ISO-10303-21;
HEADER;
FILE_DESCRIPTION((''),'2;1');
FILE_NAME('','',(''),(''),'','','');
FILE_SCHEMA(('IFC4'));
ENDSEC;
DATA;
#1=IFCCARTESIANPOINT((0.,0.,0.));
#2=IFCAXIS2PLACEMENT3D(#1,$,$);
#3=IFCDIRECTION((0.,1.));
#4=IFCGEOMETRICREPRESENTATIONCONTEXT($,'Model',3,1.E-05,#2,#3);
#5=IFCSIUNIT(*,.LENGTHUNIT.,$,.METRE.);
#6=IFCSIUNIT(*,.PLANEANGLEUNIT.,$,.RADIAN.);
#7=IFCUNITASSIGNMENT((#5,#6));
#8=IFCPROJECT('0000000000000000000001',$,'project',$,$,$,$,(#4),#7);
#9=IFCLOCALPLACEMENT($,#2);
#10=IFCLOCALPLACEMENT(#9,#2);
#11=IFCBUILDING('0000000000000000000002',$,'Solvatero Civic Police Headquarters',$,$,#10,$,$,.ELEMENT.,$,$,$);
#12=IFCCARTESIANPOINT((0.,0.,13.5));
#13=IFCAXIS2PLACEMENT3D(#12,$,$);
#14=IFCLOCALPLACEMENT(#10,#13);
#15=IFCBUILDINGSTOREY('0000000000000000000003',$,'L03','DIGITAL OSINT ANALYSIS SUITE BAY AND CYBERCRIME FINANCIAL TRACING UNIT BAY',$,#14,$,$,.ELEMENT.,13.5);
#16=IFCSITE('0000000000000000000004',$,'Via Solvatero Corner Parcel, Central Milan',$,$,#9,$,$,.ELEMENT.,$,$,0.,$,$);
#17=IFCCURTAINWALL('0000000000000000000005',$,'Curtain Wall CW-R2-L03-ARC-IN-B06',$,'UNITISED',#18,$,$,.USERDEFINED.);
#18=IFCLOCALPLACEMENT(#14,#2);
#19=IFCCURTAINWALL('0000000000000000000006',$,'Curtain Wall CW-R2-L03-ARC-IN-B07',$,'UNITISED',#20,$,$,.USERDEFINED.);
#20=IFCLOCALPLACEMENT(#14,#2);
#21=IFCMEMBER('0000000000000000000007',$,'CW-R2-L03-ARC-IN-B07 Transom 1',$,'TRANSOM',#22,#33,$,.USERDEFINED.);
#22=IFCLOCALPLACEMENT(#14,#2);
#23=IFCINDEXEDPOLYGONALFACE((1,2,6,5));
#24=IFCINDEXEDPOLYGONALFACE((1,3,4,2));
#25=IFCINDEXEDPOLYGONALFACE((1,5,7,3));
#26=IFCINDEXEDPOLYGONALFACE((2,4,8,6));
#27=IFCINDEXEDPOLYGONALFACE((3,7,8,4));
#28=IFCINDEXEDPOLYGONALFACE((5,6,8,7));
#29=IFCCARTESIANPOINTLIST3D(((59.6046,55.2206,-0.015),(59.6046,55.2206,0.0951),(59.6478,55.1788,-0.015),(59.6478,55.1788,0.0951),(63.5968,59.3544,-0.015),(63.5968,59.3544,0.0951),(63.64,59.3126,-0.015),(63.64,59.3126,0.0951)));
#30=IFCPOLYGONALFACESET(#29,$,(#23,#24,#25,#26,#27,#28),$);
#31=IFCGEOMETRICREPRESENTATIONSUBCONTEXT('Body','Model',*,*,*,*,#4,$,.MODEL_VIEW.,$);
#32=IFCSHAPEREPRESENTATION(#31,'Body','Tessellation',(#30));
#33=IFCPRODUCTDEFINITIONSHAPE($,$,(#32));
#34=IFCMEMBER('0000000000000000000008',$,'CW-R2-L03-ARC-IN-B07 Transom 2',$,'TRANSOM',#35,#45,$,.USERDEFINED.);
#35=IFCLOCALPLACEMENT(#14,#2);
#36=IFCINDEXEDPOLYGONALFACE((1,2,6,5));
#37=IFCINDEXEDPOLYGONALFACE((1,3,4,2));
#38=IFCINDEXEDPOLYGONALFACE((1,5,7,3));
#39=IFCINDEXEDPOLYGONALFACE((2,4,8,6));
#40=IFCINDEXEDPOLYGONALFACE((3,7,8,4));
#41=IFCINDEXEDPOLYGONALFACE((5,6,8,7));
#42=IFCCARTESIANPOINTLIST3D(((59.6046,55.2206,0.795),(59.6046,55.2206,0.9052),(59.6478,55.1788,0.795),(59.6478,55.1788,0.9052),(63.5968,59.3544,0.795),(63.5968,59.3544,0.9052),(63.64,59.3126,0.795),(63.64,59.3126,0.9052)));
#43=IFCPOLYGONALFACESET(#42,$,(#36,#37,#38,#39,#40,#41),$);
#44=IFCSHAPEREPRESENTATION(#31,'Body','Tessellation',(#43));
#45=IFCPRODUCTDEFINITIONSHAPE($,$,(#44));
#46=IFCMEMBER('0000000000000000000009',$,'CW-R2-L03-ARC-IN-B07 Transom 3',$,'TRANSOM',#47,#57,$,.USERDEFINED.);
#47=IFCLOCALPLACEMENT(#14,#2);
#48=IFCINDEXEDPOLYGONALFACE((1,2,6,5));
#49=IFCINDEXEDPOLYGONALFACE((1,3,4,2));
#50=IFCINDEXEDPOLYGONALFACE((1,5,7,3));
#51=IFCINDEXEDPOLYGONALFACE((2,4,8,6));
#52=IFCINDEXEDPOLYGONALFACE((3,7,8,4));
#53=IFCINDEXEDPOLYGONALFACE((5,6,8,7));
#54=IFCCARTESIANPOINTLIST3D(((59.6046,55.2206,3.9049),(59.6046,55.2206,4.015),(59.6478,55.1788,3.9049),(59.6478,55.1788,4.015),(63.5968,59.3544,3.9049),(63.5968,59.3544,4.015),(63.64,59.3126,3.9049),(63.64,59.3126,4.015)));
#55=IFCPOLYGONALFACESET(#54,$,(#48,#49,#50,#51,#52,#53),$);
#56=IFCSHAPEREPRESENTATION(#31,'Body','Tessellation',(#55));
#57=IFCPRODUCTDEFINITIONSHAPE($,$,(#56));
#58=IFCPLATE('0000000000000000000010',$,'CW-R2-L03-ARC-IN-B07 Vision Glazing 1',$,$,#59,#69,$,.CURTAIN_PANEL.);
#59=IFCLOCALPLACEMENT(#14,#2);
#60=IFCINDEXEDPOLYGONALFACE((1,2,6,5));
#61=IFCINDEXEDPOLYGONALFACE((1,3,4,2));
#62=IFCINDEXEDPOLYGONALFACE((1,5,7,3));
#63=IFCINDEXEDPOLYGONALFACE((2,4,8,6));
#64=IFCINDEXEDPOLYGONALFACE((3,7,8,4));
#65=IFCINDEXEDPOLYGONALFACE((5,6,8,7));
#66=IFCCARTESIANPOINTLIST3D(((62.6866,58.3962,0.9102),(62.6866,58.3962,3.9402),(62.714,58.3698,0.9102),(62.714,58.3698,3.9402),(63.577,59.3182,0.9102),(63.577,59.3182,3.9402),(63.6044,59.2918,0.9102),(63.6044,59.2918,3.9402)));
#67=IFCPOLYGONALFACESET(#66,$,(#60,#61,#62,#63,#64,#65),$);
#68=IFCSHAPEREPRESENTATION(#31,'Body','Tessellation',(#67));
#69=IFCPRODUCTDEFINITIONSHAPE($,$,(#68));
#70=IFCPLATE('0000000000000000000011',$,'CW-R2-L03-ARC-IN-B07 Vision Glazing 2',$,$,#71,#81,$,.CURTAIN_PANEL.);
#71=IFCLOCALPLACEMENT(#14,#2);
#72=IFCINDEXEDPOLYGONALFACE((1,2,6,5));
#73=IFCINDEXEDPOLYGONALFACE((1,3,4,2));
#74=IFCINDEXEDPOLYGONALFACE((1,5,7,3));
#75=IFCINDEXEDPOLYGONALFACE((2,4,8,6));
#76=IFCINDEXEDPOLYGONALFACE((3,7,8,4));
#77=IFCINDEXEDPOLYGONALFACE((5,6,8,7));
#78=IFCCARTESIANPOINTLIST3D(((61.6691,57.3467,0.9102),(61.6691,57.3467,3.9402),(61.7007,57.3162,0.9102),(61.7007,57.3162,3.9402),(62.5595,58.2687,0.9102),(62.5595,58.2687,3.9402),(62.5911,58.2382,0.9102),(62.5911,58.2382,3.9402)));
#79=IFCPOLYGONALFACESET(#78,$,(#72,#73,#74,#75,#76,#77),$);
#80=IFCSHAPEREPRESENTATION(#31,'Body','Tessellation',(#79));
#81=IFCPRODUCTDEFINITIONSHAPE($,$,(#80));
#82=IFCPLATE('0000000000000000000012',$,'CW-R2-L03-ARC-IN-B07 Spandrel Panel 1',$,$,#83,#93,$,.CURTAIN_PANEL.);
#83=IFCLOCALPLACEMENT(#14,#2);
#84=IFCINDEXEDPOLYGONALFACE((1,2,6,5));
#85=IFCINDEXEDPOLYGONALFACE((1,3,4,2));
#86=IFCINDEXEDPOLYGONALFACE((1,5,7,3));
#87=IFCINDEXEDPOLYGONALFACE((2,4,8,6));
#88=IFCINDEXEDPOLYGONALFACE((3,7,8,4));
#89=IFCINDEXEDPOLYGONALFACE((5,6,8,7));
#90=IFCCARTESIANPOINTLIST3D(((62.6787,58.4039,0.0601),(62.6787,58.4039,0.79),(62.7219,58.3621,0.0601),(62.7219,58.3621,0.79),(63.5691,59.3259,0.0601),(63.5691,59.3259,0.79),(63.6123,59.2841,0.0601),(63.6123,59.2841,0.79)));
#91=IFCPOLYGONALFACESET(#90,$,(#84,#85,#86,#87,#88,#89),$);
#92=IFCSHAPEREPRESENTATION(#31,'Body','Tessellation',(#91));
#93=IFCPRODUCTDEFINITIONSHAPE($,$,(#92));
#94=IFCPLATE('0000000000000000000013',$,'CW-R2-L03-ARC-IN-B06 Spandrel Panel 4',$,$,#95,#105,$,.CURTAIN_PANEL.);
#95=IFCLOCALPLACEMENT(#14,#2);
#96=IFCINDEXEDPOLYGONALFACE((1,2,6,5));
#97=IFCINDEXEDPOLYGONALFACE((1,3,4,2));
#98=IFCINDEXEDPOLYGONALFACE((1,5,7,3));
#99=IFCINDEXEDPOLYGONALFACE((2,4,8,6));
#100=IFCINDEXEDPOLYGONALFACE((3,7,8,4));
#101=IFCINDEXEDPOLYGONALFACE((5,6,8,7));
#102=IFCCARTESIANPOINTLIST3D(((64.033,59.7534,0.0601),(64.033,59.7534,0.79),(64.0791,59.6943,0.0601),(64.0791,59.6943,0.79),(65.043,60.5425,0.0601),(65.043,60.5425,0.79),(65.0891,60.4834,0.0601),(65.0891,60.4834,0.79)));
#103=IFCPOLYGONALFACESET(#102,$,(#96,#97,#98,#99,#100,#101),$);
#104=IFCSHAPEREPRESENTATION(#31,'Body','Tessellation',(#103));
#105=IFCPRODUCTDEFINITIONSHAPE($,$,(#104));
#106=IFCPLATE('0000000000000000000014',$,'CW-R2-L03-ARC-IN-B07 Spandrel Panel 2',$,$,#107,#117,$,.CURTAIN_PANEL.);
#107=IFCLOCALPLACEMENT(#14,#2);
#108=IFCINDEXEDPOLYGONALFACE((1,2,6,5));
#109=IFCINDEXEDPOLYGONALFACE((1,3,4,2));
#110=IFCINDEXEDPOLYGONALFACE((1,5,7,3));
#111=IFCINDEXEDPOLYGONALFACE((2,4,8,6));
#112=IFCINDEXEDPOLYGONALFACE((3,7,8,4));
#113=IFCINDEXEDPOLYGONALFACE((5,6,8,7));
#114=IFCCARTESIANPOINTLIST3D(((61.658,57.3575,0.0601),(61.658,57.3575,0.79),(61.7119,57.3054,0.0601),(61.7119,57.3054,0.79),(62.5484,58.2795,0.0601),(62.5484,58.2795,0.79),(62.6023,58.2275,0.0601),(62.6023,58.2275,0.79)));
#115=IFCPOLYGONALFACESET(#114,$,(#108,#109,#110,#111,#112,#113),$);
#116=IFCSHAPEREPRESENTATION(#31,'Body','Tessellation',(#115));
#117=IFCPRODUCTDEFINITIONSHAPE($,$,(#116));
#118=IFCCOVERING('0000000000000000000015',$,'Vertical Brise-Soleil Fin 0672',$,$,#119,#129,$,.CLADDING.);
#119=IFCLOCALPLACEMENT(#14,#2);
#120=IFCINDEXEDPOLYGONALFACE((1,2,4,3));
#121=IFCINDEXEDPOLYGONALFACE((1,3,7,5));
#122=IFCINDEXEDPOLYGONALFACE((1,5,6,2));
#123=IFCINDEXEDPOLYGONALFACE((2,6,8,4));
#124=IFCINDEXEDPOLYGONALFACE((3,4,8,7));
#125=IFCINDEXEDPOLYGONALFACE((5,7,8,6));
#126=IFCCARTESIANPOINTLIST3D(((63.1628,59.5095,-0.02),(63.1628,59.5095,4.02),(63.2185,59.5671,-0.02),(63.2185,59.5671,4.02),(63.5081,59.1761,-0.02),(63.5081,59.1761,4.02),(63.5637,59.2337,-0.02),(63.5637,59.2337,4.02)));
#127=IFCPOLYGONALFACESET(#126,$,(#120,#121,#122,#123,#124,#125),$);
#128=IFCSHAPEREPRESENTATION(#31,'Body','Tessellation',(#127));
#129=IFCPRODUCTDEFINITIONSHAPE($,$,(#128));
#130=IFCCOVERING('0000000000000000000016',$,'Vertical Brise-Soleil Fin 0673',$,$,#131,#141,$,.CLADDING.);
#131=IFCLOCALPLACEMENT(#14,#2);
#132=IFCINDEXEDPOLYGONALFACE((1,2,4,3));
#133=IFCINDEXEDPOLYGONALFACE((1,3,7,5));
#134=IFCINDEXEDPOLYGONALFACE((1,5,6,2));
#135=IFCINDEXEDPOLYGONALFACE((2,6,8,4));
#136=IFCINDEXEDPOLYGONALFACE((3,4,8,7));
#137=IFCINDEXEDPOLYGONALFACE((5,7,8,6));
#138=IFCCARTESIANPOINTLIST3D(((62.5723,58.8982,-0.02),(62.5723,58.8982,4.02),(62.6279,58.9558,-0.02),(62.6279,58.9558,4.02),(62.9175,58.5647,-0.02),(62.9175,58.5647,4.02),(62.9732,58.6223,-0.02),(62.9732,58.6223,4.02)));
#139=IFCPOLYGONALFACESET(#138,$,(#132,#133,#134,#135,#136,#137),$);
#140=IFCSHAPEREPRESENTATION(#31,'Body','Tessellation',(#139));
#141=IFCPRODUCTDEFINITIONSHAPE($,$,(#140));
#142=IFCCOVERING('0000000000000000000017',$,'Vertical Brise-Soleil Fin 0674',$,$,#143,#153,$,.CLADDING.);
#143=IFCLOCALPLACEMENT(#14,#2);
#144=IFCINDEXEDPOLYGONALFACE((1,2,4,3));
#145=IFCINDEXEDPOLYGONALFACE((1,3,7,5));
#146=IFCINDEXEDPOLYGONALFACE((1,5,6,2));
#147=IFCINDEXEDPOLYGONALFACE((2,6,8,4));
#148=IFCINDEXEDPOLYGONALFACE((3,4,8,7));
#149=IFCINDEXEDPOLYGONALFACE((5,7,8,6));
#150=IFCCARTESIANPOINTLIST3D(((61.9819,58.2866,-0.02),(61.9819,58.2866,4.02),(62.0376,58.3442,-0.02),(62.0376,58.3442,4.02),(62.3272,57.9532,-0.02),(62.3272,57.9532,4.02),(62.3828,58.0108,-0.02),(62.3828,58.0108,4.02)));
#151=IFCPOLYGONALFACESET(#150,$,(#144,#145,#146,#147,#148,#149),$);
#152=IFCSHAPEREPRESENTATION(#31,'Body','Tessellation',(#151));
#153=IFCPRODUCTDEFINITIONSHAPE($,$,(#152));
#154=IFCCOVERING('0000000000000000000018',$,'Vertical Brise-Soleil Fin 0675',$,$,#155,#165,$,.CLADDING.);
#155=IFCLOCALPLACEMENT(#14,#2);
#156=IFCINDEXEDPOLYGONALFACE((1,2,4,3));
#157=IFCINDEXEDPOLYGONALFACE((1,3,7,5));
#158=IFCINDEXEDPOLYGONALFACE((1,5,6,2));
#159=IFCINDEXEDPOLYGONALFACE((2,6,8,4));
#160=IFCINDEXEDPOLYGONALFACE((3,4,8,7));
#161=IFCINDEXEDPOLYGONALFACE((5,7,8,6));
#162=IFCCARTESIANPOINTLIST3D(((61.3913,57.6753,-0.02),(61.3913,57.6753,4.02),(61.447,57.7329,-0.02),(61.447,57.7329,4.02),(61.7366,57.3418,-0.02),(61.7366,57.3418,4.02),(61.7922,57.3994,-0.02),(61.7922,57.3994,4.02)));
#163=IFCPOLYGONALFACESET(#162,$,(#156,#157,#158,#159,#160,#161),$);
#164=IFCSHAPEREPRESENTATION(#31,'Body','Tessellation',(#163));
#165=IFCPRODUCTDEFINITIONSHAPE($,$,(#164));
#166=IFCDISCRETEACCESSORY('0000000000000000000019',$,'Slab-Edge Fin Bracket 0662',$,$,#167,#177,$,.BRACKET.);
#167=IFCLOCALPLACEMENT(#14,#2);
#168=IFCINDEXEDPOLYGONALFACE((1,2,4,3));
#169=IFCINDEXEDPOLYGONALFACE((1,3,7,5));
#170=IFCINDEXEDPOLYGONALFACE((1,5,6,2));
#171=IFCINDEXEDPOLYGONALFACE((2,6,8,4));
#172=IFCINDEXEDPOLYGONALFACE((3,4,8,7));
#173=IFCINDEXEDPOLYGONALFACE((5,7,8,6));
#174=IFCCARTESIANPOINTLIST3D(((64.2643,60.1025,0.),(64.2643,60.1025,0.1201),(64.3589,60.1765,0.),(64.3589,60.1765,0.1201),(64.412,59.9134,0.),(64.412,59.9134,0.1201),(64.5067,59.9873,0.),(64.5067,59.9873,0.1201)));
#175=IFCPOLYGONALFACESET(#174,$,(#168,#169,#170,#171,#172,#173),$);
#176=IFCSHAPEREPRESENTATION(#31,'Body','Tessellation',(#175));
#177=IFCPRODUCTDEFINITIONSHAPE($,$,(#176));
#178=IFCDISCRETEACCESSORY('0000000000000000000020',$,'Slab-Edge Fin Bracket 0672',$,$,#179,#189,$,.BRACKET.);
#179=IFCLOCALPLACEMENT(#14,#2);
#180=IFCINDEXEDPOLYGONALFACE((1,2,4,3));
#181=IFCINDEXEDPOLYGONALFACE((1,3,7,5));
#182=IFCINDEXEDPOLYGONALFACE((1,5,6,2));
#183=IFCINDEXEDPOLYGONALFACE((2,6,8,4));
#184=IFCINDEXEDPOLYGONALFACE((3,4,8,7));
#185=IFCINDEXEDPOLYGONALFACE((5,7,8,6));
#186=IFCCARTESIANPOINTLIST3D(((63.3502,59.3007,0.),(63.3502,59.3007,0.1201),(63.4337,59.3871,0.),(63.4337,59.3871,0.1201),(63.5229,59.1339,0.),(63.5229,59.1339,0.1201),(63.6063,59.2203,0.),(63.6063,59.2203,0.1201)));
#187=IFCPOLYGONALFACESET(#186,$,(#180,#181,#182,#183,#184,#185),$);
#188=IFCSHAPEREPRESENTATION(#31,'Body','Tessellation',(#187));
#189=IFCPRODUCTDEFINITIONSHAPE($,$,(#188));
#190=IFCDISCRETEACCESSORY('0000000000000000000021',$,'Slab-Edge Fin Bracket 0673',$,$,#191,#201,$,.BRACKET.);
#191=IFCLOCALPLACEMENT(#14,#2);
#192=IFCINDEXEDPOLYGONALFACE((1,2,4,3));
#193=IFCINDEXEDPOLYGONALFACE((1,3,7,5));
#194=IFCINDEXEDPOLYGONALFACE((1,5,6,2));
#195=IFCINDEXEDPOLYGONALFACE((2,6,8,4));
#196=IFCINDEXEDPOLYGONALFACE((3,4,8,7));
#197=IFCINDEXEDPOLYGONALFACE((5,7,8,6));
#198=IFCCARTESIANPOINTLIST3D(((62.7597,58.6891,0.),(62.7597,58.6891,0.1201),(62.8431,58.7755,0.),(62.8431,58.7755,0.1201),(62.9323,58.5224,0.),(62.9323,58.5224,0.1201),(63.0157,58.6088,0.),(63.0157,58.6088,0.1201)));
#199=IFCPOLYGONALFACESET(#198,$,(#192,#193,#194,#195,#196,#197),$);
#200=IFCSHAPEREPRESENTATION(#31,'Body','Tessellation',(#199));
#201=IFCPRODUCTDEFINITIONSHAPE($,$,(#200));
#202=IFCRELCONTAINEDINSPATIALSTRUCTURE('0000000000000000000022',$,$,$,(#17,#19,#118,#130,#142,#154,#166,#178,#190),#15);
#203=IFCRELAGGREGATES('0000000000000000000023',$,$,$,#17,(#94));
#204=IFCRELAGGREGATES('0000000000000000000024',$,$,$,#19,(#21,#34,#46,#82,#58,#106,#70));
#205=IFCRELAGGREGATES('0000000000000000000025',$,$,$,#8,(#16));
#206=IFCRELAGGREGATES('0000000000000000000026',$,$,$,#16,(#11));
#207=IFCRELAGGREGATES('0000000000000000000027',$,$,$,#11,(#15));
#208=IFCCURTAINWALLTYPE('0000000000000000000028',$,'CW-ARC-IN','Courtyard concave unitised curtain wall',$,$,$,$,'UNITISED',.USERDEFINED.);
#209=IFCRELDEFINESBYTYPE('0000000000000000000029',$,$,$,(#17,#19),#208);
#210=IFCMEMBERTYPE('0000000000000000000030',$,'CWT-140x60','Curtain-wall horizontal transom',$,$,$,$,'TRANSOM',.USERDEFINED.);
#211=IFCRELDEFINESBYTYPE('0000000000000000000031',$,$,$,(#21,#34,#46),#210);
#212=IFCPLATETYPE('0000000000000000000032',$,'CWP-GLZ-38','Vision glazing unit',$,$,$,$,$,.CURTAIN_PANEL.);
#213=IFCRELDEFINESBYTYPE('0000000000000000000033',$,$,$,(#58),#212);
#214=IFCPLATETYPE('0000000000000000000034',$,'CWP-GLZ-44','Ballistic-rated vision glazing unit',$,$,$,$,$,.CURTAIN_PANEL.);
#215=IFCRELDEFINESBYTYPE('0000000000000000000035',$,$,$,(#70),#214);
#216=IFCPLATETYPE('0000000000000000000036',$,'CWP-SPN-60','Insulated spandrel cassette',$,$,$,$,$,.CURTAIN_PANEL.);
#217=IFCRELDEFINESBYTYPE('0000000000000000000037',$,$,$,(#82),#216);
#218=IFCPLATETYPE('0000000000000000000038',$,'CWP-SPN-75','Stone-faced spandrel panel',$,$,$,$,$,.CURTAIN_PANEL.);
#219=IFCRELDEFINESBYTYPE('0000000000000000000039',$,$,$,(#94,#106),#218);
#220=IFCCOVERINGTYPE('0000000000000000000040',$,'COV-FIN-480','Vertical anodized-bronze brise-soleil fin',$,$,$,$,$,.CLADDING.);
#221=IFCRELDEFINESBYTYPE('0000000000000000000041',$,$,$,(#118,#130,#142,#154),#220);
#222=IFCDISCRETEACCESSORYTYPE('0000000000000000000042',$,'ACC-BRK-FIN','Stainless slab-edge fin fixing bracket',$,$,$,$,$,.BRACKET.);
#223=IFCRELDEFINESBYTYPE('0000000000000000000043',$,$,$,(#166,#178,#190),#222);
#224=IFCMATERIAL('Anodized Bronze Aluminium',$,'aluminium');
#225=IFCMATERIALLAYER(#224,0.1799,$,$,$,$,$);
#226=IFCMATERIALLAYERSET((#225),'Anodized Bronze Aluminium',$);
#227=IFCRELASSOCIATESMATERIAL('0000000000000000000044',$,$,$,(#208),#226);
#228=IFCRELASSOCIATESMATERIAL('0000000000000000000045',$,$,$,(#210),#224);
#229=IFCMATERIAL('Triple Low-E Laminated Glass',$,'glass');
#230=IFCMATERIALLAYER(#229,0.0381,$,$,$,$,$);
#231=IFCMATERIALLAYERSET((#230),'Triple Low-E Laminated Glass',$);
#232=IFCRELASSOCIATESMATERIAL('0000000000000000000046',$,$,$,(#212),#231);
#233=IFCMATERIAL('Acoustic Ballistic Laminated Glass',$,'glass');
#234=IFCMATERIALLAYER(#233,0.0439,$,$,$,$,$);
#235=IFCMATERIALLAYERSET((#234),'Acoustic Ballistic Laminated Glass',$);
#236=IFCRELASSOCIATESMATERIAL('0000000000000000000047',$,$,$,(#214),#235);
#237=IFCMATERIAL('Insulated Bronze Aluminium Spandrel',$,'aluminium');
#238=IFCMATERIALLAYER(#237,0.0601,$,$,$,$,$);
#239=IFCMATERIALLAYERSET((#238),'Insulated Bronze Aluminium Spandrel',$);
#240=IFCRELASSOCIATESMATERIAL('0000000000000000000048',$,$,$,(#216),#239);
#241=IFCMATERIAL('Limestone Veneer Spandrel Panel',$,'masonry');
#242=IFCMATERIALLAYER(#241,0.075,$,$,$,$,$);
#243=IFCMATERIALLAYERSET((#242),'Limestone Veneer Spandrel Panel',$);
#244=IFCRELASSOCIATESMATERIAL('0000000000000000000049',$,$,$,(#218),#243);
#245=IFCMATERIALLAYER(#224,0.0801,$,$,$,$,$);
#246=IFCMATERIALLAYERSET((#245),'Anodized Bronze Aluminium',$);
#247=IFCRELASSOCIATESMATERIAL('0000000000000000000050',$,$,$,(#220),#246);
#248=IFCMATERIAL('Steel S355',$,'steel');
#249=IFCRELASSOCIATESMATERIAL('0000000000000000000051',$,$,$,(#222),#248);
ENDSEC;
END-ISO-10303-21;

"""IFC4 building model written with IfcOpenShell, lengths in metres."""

from ifc_helpers import new_model, si_unit, direction, frame, origin, origin_2d, place, context, subcontext, project, spatial, rectangle, extrude, material, layer, layer_set, material_profile, profile_set, type_object, element, aggregate, save


model = new_model("IFC4")

# Units and contexts
model_context = context("Model", 3, precision=1e-05, world=origin(), true_north=direction((0.0, 1.0)))
body_context = subcontext(model_context, "Body", "Model", "MODEL_VIEW")
ifc_project = project(units=[si_unit("LENGTHUNIT", "METRE"), si_unit("PLANEANGLEUNIT", "RADIAN")], contexts=[model_context])

# Site, building, storey
site_placement = place(None, origin())
site = spatial("IfcSite", under=ifc_project, at=site_placement, Name="Via Solvatero Corner Parcel, Central Milan", CompositionType="ELEMENT", RefElevation=0.0)
building_placement = place(site_placement, origin())
building = spatial("IfcBuilding", under=site, at=building_placement, Name="Solvatero Civic Police Headquarters", CompositionType="ELEMENT")
storey_placement = place(building_placement, frame((0.0, 0.0, 13.5)))
storey = spatial("IfcBuildingStorey", under=building, at=storey_placement, Name="L03", Description="DIGITAL OSINT ANALYSIS SUITE BAY AND CYBERCRIME FINANCIAL TRACING UNIT BAY", CompositionType="ELEMENT", Elevation=13.5)

# Shared definitions
ifc_material_1 = material(Name="Steel S355", Category="steel")

# Curtain wall
ifc_material_2 = material(Name="Anodized Bronze Aluminium", Category="aluminium")
ifc_layer_1 = layer(ifc_material_2, 0.1799)
ifc_layer_set_1 = layer_set([ifc_layer_1], Name="Anodized Bronze Aluminium")
curtain_wall_type = type_object("IfcCurtainWallType", Name="CW-ARC-IN", Description="Courtyard concave unitised curtain wall", ElementType="UNITISED", PredefinedType="USERDEFINED", material=ifc_layer_set_1)
curtain_wall_1_placement = place(storey_placement, origin())
curtain_wall_1 = element("IfcCurtainWall", 1, at=curtain_wall_1_placement, inside=storey, type_object=curtain_wall_type, Name="Curtain Wall CW-R2-L03-ARC-IN-B06", ObjectType="UNITISED", PredefinedType="USERDEFINED")

# Curtain wall, members, plates
curtain_wall_2_placement = place(storey_placement, origin())
curtain_wall_2 = element("IfcCurtainWall", 2, at=curtain_wall_2_placement, inside=storey, type_object=curtain_wall_type, Name="Curtain Wall CW-R2-L03-ARC-IN-B07", ObjectType="UNITISED", PredefinedType="USERDEFINED")
ifc_material_profile_1 = material_profile(ifc_material_2, rectangle(XDim=0.0601, YDim=0.1101, at=origin_2d()), Name="ALU TRANSOM 60x110")
ifc_profile_set_1 = profile_set([ifc_material_profile_1], Name="Anodized Bronze Aluminium")
member_type_1 = type_object("IfcMemberType", Name="CWT-140x60", Description="Curtain-wall horizontal transom", ElementType="TRANSOM", PredefinedType="USERDEFINED", material=ifc_profile_set_1)
member_1_placement = place(storey_placement, frame((63.6184, 59.3335, 0.04), z_axis=(-0.694679, -0.719319, 0.0), x_axis=(0.719319, -0.694679, 0.0)))
member_1 = element("IfcMember", 3, at=member_1_placement, type_object=member_type_1, Name="CW-R2-L03-ARC-IN-B07 Transom 1", ObjectType="TRANSOM", PredefinedType="USERDEFINED", context=body_context, shape_type="SweptSolid", body=[
    extrude(rectangle(XDim=0.0601, YDim=0.1101, at=origin_2d()), origin(), (0.0, 0.0, 1.0), 5.7468),
])
member_2_placement = place(storey_placement, frame((63.6184, 59.3335, 0.8501), z_axis=(-0.694679, -0.719319, 0.0), x_axis=(0.719319, -0.694679, 0.0)))
member_2 = element("IfcMember", 4, at=member_2_placement, type_object=member_type_1, Name="CW-R2-L03-ARC-IN-B07 Transom 2", ObjectType="TRANSOM", PredefinedType="USERDEFINED", context=body_context, shape_type="SweptSolid", body=[
    extrude(rectangle(XDim=0.0601, YDim=0.1101, at=origin_2d()), origin(), (0.0, 0.0, 1.0), 5.7468),
])
member_3_placement = place(storey_placement, frame((63.6184, 59.3335, 3.96), z_axis=(-0.694679, -0.719319, 0.0), x_axis=(0.719319, -0.694679, 0.0)))
member_3 = element("IfcMember", 5, at=member_3_placement, type_object=member_type_1, Name="CW-R2-L03-ARC-IN-B07 Transom 3", ObjectType="TRANSOM", PredefinedType="USERDEFINED", context=body_context, shape_type="SweptSolid", body=[
    extrude(rectangle(XDim=0.0601, YDim=0.1101, at=origin_2d()), origin(), (0.0, 0.0, 1.0), 5.7468),
])
ifc_material_3 = material(Name="Triple Low-E Laminated Glass", Category="glass")
ifc_layer_2 = layer(ifc_material_3, 0.0381)
ifc_layer_set_2 = layer_set([ifc_layer_2], Name="Triple Low-E Laminated Glass")
plate_type_1 = type_object("IfcPlateType", Name="CWP-GLZ-38", Description="Vision glazing unit", PredefinedType="CURTAIN_PANEL", material=ifc_layer_set_2)
plate_1_placement = place(storey_placement, frame((63.1455, 58.844, 0.9102), z_axis=(0.0, 0.0, 1.0), x_axis=(-0.694658, -0.71934, 0.0)))
plate_1 = element("IfcPlate", 6, at=plate_1_placement, type_object=plate_type_1, Name="CW-R2-L03-ARC-IN-B07 Vision Glazing 1", PredefinedType="CURTAIN_PANEL", context=body_context, shape_type="SweptSolid", body=[
    extrude(rectangle(XDim=1.2817, YDim=0.0381, at=origin_2d()), origin(), (0.0, 0.0, 1.0), 3.03),
])
ifc_material_4 = material(Name="Acoustic Ballistic Laminated Glass", Category="glass")
ifc_layer_3 = layer(ifc_material_4, 0.0439)
ifc_layer_set_3 = layer_set([ifc_layer_3], Name="Acoustic Ballistic Laminated Glass")
plate_type_2 = type_object("IfcPlateType", Name="CWP-GLZ-44", Description="Ballistic-rated vision glazing unit", PredefinedType="CURTAIN_PANEL", material=ifc_layer_set_3)
plate_2_placement = place(storey_placement, frame((62.1301, 57.7925, 0.9102), z_axis=(0.0, 0.0, 1.0), x_axis=(-0.694658, -0.71934, 0.0)))
plate_2 = element("IfcPlate", 7, at=plate_2_placement, type_object=plate_type_2, Name="CW-R2-L03-ARC-IN-B07 Vision Glazing 2", PredefinedType="CURTAIN_PANEL", context=body_context, shape_type="SweptSolid", body=[
    extrude(rectangle(XDim=1.2817, YDim=0.0439, at=origin_2d()), origin(), (0.0, 0.0, 1.0), 3.03),
])
ifc_material_5 = material(Name="Insulated Bronze Aluminium Spandrel", Category="aluminium")
ifc_layer_4 = layer(ifc_material_5, 0.0601)
ifc_layer_set_4 = layer_set([ifc_layer_4], Name="Insulated Bronze Aluminium Spandrel")
plate_type_3 = type_object("IfcPlateType", Name="CWP-SPN-60", Description="Insulated spandrel cassette", PredefinedType="CURTAIN_PANEL", material=ifc_layer_set_4)
plate_3_placement = place(storey_placement, frame((63.1455, 58.844, 0.0601), z_axis=(0.0, 0.0, 1.0), x_axis=(-0.694658, -0.71934, 0.0)))
plate_3 = element("IfcPlate", 8, at=plate_3_placement, type_object=plate_type_3, Name="CW-R2-L03-ARC-IN-B07 Spandrel Panel 1", PredefinedType="CURTAIN_PANEL", context=body_context, shape_type="SweptSolid", body=[
    extrude(rectangle(XDim=1.2817, YDim=0.0601, at=origin_2d()), origin(), (0.0, 0.0, 1.0), 0.73),
])

# Plates
ifc_material_6 = material(Name="Limestone Veneer Spandrel Panel", Category="masonry")
ifc_layer_5 = layer(ifc_material_6, 0.075)
ifc_layer_set_5 = layer_set([ifc_layer_5], Name="Limestone Veneer Spandrel Panel")
plate_type_4 = type_object("IfcPlateType", Name="CWP-SPN-75", Description="Stone-faced spandrel panel", PredefinedType="CURTAIN_PANEL", material=ifc_layer_set_5)
plate_4_placement = place(storey_placement, frame((64.561, 60.1184, 0.0601), z_axis=(0.0, 0.0, 1.0), x_axis=(-0.788011, -0.615661, 0.0)))
plate_4 = element("IfcPlate", 9, at=plate_4_placement, type_object=plate_type_4, Name="CW-R2-L03-ARC-IN-B06 Spandrel Panel 4", PredefinedType="CURTAIN_PANEL", context=body_context, shape_type="SweptSolid", body=[
    extrude(rectangle(XDim=1.2817, YDim=0.075, at=origin_2d()), origin(), (0.0, 0.0, 1.0), 0.73),
])
aggregate(curtain_wall_1, [plate_4])
plate_5_placement = place(storey_placement, frame((62.1301, 57.7925, 0.0601), z_axis=(0.0, 0.0, 1.0), x_axis=(-0.694658, -0.71934, 0.0)))
plate_5 = element("IfcPlate", 10, at=plate_5_placement, type_object=plate_type_4, Name="CW-R2-L03-ARC-IN-B07 Spandrel Panel 2", PredefinedType="CURTAIN_PANEL", context=body_context, shape_type="SweptSolid", body=[
    extrude(rectangle(XDim=1.2817, YDim=0.075, at=origin_2d()), origin(), (0.0, 0.0, 1.0), 0.73),
])
aggregate(curtain_wall_2, [member_1, member_2, member_3, plate_3, plate_1, plate_5, plate_2])

# Coverings
ifc_layer_6 = layer(ifc_material_2, 0.0801)
ifc_layer_set_6 = layer_set([ifc_layer_6], Name="Anodized Bronze Aluminium")
covering_type = type_object("IfcCoveringType", Name="COV-FIN-480", Description="Vertical anodized-bronze brise-soleil fin", PredefinedType="CLADDING", material=ifc_layer_set_6)
for number, where, z_axis, x_axis, name in (
    (11, (63.3633, 59.3716, -0.02), (0.0, 0.0, 1.0), (-0.694658, -0.71934, 0.0), "Vertical Brise-Soleil Fin 0672"),
    (12, (62.7727, 58.7603, -0.02), (0.0, 0.0, 1.0), (-0.694658, -0.71934, 0.0), "Vertical Brise-Soleil Fin 0673"),
    (13, (62.1824, 58.1487, -0.02), (0.0, 0.0, 1.0), (-0.694658, -0.71934, 0.0), "Vertical Brise-Soleil Fin 0674"),
    (14, (61.5918, 57.5374, -0.02), (0.0, 0.0, 1.0), (-0.694658, -0.71934, 0.0), "Vertical Brise-Soleil Fin 0675"),
):
    element("IfcCovering", number, at=place(storey_placement, frame(where, z_axis=z_axis, x_axis=x_axis)), inside=storey, type_object=covering_type, Name=name, PredefinedType="CLADDING", context=body_context, shape_type="SweptSolid", body=[
        extrude(rectangle(XDim=0.0801, YDim=0.48, at=origin_2d()), origin(), (0.0, 0.0, 1.0), 4.04),
    ])

# Discrete accessories
discrete_accessory_type = type_object("IfcDiscreteAccessoryType", Name="ACC-BRK-FIN", Description="Stainless slab-edge fin fixing bracket", PredefinedType="BRACKET", material=ifc_material_1)
for number, where, z_axis, x_axis, name in (
    (15, (64.3855, 60.0449, 0.0), (0.0, 0.0, 1.0), (-0.788011, -0.615661, 0.0), "Slab-Edge Fin Bracket 0662"),
    (16, (63.4783, 59.2605, 0.0), (0.0, 0.0, 1.0), (-0.694658, -0.71934, 0.0), "Slab-Edge Fin Bracket 0672"),
    (17, (62.8877, 58.6489, 0.0), (0.0, 0.0, 1.0), (-0.694658, -0.71934, 0.0), "Slab-Edge Fin Bracket 0673"),
):
    element("IfcDiscreteAccessory", number, at=place(storey_placement, frame(where, z_axis=z_axis, x_axis=x_axis)), inside=storey, type_object=discrete_accessory_type, Name=name, PredefinedType="BRACKET", context=body_context, shape_type="SweptSolid", body=[
        extrude(rectangle(XDim=0.1201, YDim=0.24, at=origin_2d()), origin(), (0.0, 0.0, 1.0), 0.1201),
    ])

save(model, "model.ifc")
